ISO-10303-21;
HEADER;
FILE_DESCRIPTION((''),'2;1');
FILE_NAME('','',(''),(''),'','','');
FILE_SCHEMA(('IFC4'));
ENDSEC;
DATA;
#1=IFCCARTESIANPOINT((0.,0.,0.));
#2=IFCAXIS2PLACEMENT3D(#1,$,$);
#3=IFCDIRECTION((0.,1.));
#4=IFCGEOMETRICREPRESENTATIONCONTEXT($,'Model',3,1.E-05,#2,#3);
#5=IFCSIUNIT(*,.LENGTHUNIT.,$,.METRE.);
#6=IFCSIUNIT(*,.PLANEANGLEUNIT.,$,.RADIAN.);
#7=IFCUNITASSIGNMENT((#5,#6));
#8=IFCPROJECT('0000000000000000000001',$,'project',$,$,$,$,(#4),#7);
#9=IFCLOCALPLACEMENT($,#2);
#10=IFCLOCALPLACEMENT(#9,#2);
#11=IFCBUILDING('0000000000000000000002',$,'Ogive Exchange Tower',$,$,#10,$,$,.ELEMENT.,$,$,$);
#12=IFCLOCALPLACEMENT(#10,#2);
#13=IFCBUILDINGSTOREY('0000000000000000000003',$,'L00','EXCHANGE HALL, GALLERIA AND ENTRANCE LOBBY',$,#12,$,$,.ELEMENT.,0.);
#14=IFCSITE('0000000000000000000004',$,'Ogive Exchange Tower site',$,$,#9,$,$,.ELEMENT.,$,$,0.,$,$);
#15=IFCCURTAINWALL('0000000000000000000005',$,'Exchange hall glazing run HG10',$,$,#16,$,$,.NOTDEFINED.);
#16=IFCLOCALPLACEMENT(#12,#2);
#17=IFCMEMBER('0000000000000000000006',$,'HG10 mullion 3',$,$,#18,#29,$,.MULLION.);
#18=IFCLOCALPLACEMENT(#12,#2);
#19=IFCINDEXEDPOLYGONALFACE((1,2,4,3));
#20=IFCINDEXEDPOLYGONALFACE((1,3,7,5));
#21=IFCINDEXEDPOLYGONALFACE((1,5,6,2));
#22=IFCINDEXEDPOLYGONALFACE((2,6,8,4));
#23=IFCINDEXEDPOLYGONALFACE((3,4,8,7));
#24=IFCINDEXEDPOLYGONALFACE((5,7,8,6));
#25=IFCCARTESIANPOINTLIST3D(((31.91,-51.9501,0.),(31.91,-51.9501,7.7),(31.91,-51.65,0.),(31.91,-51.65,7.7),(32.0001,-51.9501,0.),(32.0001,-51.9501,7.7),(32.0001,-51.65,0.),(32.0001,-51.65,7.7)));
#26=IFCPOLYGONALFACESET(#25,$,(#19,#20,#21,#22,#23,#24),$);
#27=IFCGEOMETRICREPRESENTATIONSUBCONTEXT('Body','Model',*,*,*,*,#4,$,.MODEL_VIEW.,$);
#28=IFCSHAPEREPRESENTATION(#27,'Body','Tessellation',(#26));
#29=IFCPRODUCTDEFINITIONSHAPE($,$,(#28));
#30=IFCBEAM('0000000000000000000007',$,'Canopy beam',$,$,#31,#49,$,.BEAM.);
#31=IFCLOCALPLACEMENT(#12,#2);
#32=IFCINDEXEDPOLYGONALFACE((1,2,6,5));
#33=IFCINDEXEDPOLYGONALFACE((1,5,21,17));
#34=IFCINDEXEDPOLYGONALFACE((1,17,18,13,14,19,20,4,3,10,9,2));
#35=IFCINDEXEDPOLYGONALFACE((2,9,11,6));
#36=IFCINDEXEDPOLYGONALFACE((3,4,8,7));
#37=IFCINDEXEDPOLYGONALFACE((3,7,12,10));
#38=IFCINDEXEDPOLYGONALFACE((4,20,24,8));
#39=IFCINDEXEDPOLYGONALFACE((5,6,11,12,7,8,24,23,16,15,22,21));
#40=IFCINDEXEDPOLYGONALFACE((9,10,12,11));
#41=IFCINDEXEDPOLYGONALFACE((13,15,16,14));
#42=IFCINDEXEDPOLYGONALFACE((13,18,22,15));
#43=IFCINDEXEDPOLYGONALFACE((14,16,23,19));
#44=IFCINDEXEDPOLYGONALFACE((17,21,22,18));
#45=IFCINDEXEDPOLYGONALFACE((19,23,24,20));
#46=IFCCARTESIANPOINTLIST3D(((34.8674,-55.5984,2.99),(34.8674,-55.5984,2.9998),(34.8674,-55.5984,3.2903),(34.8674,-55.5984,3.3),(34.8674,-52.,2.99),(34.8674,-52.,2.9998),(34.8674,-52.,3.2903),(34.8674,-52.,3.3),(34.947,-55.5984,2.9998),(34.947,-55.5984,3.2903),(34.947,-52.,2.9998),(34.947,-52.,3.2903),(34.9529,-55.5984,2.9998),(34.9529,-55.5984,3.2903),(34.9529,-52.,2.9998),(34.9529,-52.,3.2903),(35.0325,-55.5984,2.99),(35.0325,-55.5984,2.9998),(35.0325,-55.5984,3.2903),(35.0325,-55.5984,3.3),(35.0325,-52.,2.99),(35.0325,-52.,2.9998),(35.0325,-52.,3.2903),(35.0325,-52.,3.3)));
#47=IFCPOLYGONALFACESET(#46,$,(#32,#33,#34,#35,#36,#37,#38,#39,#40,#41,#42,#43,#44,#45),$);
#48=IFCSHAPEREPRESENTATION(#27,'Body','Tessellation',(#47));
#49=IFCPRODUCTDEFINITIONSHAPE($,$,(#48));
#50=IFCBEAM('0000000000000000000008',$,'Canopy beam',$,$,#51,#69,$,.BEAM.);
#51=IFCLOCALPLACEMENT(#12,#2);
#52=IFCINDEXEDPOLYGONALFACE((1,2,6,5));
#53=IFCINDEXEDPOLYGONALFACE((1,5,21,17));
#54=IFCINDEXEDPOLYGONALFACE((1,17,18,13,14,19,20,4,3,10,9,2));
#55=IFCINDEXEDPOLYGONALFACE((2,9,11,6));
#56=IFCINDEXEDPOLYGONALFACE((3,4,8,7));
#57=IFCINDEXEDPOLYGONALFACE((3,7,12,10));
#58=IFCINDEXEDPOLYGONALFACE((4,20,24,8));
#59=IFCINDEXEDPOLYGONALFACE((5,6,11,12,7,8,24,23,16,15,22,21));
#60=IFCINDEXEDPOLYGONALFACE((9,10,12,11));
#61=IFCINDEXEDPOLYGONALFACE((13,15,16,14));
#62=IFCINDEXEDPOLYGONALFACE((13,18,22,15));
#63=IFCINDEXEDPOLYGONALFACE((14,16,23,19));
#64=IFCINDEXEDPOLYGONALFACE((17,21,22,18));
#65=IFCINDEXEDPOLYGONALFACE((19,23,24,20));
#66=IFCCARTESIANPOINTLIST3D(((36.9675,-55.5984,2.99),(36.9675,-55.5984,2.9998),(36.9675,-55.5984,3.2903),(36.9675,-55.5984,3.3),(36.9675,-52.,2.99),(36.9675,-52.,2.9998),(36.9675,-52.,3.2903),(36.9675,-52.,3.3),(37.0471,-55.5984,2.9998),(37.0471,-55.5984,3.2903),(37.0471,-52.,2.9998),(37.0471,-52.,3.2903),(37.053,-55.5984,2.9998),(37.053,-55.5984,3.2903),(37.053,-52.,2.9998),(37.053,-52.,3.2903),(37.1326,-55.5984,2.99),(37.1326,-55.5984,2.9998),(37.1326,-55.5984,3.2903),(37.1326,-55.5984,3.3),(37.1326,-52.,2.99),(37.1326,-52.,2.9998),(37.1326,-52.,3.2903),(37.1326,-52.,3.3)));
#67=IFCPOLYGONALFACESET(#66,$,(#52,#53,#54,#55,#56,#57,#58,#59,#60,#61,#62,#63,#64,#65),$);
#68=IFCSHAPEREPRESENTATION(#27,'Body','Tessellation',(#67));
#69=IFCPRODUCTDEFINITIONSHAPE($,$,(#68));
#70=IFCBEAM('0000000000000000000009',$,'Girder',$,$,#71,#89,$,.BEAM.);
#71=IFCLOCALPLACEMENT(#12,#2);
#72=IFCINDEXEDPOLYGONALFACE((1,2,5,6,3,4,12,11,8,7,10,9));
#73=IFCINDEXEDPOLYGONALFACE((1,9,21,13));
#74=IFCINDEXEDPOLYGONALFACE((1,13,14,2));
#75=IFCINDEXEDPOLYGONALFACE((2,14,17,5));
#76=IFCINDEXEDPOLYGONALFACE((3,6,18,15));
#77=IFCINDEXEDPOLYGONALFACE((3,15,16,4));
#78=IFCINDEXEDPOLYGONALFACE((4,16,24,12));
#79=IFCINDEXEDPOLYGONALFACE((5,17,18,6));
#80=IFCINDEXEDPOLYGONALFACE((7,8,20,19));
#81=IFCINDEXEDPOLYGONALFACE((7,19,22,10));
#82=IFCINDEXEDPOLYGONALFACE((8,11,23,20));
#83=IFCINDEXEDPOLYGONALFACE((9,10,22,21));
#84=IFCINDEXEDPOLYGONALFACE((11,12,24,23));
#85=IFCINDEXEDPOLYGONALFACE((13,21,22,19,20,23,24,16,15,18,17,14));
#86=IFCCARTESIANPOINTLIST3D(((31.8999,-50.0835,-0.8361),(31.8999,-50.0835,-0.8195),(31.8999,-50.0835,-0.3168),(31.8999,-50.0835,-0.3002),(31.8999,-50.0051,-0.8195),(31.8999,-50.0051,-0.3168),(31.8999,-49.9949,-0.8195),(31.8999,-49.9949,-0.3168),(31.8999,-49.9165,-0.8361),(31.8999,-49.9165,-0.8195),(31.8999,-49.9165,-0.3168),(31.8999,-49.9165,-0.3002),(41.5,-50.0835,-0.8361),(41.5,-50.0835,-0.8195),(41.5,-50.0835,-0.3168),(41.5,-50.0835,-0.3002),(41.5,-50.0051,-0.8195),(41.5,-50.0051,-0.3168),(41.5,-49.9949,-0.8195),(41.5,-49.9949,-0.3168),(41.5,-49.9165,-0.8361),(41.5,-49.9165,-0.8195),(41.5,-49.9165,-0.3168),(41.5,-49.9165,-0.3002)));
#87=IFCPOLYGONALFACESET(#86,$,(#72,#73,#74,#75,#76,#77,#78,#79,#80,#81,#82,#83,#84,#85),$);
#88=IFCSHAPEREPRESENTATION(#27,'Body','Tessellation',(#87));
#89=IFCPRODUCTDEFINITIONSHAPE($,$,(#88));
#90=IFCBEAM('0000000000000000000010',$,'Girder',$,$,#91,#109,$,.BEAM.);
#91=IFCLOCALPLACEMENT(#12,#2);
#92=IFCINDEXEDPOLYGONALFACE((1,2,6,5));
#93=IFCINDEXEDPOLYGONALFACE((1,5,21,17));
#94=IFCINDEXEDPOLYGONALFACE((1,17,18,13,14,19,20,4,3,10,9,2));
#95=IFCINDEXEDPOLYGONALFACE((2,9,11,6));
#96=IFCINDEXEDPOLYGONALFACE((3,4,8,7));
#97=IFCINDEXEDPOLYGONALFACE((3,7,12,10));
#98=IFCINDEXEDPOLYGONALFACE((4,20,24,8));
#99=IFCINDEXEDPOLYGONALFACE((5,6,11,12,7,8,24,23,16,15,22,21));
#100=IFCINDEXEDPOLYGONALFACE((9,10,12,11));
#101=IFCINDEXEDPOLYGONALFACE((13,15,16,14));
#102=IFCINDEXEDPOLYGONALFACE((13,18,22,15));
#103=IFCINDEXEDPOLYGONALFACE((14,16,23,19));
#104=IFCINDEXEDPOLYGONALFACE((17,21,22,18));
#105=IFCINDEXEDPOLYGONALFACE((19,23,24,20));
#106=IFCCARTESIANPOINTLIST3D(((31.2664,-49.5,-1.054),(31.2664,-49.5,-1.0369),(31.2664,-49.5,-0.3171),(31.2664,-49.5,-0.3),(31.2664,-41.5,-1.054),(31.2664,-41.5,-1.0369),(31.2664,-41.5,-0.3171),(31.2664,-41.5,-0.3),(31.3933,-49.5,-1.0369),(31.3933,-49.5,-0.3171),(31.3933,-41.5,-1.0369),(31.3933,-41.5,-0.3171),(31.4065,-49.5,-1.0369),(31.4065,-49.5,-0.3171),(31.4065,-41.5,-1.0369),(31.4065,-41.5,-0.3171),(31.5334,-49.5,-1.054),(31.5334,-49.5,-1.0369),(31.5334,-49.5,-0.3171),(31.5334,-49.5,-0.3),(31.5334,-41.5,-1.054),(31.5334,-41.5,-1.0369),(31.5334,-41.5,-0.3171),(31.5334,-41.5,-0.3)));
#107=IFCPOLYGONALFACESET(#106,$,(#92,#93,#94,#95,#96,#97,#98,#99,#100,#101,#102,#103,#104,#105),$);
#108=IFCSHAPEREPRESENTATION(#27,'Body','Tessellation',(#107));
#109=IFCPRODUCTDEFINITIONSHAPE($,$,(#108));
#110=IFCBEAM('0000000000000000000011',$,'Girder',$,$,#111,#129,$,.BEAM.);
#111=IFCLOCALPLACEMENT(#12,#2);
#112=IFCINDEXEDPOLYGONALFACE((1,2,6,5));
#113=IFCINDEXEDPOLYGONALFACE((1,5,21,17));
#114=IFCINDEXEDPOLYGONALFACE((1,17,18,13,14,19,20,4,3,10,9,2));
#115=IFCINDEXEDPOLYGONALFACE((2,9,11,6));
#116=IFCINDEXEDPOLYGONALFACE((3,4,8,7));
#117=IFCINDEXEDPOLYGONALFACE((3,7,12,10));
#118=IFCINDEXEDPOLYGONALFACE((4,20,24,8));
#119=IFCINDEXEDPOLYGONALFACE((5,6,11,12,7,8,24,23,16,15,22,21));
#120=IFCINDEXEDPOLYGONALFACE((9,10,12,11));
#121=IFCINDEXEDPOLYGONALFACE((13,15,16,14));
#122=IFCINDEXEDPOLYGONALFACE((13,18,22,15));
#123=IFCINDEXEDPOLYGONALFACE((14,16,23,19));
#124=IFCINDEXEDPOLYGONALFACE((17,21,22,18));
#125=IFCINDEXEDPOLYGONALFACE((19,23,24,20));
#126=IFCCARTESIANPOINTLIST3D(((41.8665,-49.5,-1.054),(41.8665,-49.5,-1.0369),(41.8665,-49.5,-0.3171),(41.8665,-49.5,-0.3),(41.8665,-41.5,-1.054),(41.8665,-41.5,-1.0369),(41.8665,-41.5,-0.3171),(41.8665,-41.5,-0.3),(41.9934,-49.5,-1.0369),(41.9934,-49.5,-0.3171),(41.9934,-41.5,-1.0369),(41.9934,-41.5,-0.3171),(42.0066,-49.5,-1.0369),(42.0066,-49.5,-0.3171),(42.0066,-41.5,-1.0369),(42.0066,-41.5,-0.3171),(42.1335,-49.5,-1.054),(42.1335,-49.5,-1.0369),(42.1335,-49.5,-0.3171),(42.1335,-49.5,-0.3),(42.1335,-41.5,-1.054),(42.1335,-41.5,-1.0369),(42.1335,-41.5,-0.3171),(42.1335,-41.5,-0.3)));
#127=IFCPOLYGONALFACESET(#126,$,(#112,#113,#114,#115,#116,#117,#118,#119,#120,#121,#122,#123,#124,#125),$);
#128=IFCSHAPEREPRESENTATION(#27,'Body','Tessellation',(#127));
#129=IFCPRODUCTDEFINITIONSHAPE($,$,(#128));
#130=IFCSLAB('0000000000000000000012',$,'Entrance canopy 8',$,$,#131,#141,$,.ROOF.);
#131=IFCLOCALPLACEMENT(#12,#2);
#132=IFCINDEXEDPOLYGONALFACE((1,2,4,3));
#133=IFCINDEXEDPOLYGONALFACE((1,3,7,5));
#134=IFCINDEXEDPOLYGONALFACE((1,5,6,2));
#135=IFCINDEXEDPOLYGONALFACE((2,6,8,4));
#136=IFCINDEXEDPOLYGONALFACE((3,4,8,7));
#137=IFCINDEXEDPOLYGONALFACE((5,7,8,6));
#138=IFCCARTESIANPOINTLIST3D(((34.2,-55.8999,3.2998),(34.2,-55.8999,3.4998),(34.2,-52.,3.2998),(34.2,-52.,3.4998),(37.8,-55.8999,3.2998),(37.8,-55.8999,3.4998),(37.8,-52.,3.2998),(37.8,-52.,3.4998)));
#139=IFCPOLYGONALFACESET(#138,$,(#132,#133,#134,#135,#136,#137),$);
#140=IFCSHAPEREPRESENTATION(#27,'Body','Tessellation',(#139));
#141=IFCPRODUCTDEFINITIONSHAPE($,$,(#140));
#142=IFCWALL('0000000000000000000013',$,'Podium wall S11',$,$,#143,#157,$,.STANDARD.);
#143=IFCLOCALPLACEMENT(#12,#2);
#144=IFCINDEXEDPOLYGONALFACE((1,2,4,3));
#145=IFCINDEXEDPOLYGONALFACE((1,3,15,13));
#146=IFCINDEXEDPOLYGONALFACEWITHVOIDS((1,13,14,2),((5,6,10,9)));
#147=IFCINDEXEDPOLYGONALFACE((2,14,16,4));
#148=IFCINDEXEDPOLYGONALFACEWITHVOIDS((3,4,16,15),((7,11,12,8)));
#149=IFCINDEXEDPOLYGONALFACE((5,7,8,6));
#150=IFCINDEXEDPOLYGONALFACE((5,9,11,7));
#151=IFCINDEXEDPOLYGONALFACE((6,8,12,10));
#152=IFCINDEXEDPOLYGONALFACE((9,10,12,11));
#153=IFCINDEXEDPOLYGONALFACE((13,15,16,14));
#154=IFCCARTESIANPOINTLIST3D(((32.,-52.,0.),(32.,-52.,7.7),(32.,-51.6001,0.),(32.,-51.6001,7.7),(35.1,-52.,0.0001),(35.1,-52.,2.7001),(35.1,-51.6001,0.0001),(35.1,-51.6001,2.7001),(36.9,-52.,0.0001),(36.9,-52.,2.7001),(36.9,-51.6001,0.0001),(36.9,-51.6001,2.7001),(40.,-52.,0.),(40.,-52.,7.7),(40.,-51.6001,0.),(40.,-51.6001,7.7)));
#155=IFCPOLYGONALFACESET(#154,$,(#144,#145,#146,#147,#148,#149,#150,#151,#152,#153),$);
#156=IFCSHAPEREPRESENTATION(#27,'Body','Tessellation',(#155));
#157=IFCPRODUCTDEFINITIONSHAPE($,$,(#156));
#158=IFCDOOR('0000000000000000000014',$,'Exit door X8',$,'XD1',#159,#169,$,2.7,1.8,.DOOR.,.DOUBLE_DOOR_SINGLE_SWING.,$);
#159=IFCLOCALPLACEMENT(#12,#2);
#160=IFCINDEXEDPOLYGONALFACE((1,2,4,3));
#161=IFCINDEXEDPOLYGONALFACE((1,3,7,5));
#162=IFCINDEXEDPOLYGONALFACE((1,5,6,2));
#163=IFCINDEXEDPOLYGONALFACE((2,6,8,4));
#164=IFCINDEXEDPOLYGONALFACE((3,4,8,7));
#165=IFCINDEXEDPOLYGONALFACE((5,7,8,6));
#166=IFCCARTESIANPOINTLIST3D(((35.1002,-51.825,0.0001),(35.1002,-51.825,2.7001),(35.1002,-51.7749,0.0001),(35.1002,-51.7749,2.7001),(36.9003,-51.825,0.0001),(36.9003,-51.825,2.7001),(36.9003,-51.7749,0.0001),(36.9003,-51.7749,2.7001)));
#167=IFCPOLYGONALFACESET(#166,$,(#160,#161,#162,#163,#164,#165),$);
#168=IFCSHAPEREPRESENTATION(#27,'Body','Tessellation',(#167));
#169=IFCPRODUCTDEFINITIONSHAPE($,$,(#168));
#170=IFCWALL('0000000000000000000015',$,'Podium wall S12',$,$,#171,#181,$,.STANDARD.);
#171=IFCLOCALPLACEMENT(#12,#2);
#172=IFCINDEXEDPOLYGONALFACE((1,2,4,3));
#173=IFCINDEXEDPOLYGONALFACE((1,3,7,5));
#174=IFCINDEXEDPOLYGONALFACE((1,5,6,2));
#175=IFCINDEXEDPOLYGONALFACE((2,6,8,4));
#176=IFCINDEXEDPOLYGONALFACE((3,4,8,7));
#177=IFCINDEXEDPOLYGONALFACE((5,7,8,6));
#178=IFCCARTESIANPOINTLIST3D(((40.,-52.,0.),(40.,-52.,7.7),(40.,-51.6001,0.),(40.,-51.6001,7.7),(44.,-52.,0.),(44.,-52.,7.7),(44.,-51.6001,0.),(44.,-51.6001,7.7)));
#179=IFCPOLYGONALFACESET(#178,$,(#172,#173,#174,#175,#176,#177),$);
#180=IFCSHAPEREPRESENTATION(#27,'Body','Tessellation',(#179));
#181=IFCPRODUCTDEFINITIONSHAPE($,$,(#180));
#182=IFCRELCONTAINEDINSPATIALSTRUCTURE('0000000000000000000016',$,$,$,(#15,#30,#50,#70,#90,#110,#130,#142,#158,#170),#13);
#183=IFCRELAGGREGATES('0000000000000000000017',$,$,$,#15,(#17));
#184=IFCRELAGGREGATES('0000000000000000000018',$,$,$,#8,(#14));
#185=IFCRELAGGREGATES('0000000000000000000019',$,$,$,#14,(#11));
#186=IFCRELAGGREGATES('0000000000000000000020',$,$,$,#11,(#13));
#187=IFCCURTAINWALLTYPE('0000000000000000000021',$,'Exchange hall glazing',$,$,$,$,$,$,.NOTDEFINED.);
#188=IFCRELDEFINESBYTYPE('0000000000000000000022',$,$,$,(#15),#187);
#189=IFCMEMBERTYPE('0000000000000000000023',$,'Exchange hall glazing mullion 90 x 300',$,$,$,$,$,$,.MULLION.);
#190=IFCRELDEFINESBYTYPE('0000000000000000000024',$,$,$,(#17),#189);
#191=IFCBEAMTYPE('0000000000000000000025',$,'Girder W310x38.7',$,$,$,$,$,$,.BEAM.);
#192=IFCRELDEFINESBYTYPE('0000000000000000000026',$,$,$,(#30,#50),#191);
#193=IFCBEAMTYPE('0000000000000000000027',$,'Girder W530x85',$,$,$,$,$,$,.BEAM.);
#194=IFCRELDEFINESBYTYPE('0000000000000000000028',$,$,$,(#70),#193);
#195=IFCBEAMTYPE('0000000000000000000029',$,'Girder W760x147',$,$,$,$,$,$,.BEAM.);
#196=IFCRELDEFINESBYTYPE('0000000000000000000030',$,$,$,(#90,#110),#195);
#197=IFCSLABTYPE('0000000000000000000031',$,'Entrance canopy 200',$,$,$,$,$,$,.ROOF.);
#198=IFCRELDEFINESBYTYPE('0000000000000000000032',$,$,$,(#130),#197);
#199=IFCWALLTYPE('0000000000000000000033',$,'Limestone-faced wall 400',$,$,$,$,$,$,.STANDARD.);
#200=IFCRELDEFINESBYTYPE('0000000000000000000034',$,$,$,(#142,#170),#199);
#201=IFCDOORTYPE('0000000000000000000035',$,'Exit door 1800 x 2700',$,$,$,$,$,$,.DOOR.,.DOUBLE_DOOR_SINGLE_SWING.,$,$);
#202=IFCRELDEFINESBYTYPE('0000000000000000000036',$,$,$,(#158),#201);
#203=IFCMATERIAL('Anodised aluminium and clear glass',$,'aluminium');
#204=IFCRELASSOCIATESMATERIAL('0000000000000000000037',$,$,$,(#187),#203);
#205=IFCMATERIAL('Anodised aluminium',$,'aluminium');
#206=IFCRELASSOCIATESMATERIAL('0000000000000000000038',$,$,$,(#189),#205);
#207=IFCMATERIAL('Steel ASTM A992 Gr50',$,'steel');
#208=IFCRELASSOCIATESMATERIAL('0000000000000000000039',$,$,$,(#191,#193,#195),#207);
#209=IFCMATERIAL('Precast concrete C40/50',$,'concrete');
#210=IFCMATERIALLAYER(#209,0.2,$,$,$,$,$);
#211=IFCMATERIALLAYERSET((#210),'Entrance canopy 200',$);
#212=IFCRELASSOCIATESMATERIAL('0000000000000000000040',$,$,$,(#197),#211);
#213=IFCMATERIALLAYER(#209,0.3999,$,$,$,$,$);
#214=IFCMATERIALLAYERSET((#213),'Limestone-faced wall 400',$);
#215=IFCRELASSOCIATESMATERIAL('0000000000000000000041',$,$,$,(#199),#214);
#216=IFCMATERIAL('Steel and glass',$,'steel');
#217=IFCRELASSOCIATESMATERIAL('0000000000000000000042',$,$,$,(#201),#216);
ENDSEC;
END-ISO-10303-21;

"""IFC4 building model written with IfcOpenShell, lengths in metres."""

from ifc_helpers import new_model, si_unit, direction, frame, frame_2d, origin, origin_2d, place, context, subcontext, project, spatial, rectangle, i_section, extrude, material, layer, layer_set, material_profile, profile_set, type_object, element, fill, aggregate, save


model = new_model("IFC4")

# Units and contexts
model_context = context("Model", 3, precision=1e-05, world=origin(), true_north=direction((0.0, 1.0)))
body_context = subcontext(model_context, "Body", "Model", "MODEL_VIEW")
ifc_project = project(units=[si_unit("LENGTHUNIT", "METRE"), si_unit("PLANEANGLEUNIT", "RADIAN")], contexts=[model_context])

# Site, building, storey
site_placement = place(None, origin())
site = spatial("IfcSite", under=ifc_project, at=site_placement, Name="Ogive Exchange Tower site", CompositionType="ELEMENT", RefElevation=0.0)
building_placement = place(site_placement, origin())
building = spatial("IfcBuilding", under=site, at=building_placement, Name="Ogive Exchange Tower", CompositionType="ELEMENT")
storey_placement = place(building_placement, origin())
storey = spatial("IfcBuildingStorey", under=building, at=storey_placement, Name="L00", Description="EXCHANGE HALL, GALLERIA AND ENTRANCE LOBBY", CompositionType="ELEMENT", Elevation=0.0)

# Curtain wall, member
ifc_material_1 = material(Name="Anodised aluminium and clear glass", Category="aluminium")
curtain_wall_type = type_object("IfcCurtainWallType", Name="Exchange hall glazing", PredefinedType="NOTDEFINED", material=ifc_material_1)
curtain_wall_placement = place(storey_placement, origin())
curtain_wall = element("IfcCurtainWall", 1, at=curtain_wall_placement, inside=storey, type_object=curtain_wall_type, Name="Exchange hall glazing run HG10", PredefinedType="NOTDEFINED")
ifc_material_2 = material(Name="Anodised aluminium", Category="aluminium")
ifc_material_profile_1 = material_profile(ifc_material_2, rectangle(XDim=0.3, YDim=0.0901, at=origin_2d()), Name="AL 90x300")
ifc_profile_set_1 = profile_set([ifc_material_profile_1], Name="Anodised aluminium")
member_type_1 = type_object("IfcMemberType", Name="Exchange hall glazing mullion 90 x 300", PredefinedType="MULLION", material=ifc_profile_set_1)
member_1_placement = place(storey_placement, frame((31.9551, -51.8, 0.0), z_axis=(0.0, 0.0, 1.0), x_axis=(0.0, 1.0, 0.0)))
member_1 = element("IfcMember", 2, at=member_1_placement, type_object=member_type_1, Name="HG10 mullion 3", PredefinedType="MULLION", context=body_context, shape_type="SweptSolid", body=[
    extrude(rectangle(XDim=0.3, YDim=0.0901, at=origin_2d()), origin(), (0.0, 0.0, 1.0), 7.7),
])
aggregate(curtain_wall, [member_1])

# Beams
ifc_material_3 = material(Name="Steel ASTM A992 Gr50", Category="steel")
ifc_material_profile_2 = material_profile(ifc_material_3, i_section(OverallWidth=0.165, OverallDepth=0.3101, WebThickness=0.0059, FlangeThickness=0.0098, at=origin_2d()), Name="W310x38.7")
ifc_profile_set_2 = profile_set([ifc_material_profile_2], Name="Steel ASTM A992 Gr50")
beam_type_1 = type_object("IfcBeamType", Name="Girder W310x38.7", PredefinedType="BEAM", material=ifc_profile_set_2)
for number, where, z_axis, x_axis, name in (
    (3, (34.95, -52.0, 3.145), (0.0, -1.0, 0.0), (1.0, 0.0, 0.0), "Canopy beam"),
    (4, (37.05, -52.0, 3.145), (0.0, -1.0, 0.0), (1.0, 0.0, 0.0), "Canopy beam"),
):
    element("IfcBeam", number, at=place(storey_placement, frame(where, z_axis=z_axis, x_axis=x_axis)), inside=storey, type_object=beam_type_1, Name=name, PredefinedType="BEAM", context=body_context, shape_type="SweptSolid", body=[
        extrude(i_section(OverallWidth=0.165, OverallDepth=0.3101, WebThickness=0.0059, FlangeThickness=0.0098, at=origin_2d()), origin(), (0.0, 0.0, 1.0), 3.5984),
    ])
ifc_material_profile_3 = material_profile(ifc_material_3, i_section(OverallWidth=0.167, OverallDepth=0.5359, WebThickness=0.0103, FlangeThickness=0.0166, at=origin_2d()), Name="W530x85")
ifc_profile_set_3 = profile_set([ifc_material_profile_3], Name="Steel ASTM A992 Gr50")
beam_type_2 = type_object("IfcBeamType", Name="Girder W530x85", PredefinedType="BEAM", material=ifc_profile_set_3)
beam_placement = place(storey_placement, frame((31.8999, -50.0, -0.5681), z_axis=(1.0, 0.0, 0.0), x_axis=(0.0, 1.0, 0.0)))
element("IfcBeam", 5, at=beam_placement, inside=storey, type_object=beam_type_2, Name="Girder", PredefinedType="BEAM", context=body_context, shape_type="SweptSolid", body=[
    extrude(i_section(OverallWidth=0.167, OverallDepth=0.5359, WebThickness=0.0103, FlangeThickness=0.0166, at=origin_2d()), origin(), (0.0, 0.0, 1.0), 9.6001),
])
ifc_material_profile_4 = material_profile(ifc_material_3, i_section(OverallWidth=0.2671, OverallDepth=0.7539, WebThickness=0.0132, FlangeThickness=0.0171, at=origin_2d()), Name="W760x147")
ifc_profile_set_4 = profile_set([ifc_material_profile_4], Name="Steel ASTM A992 Gr50")
beam_type_3 = type_object("IfcBeamType", Name="Girder W760x147", PredefinedType="BEAM", material=ifc_profile_set_4)
for number, where, z_axis, x_axis, name in (
    (6, (31.3999, -49.5, -0.677), (0.0, 1.0, 0.0), (-1.0, 0.0, 0.0), "Girder"),
    (7, (42.0, -49.5, -0.677), (0.0, 1.0, 0.0), (-1.0, 0.0, 0.0), "Girder"),
):
    element("IfcBeam", number, at=place(storey_placement, frame(where, z_axis=z_axis, x_axis=x_axis)), inside=storey, type_object=beam_type_3, Name=name, PredefinedType="BEAM", context=body_context, shape_type="SweptSolid", body=[
        extrude(i_section(OverallWidth=0.2671, OverallDepth=0.7539, WebThickness=0.0132, FlangeThickness=0.0171, at=origin_2d()), origin(), (0.0, 0.0, 1.0), 8.0),
    ])

# Slab
ifc_material_4 = material(Name="Precast concrete C40/50", Category="concrete")
ifc_layer_1 = layer(ifc_material_4, 0.2)
ifc_layer_set_1 = layer_set([ifc_layer_1], Name="Entrance canopy 200")
slab_type = type_object("IfcSlabType", Name="Entrance canopy 200", PredefinedType="ROOF", material=ifc_layer_set_1)
slab_placement = place(storey_placement, frame((36.0, -53.95, 3.2998), z_axis=(0.0, 0.0, 1.0), x_axis=(1.0, 0.0, 0.0)))
element("IfcSlab", 8, at=slab_placement, inside=storey, type_object=slab_type, Name="Entrance canopy 8", PredefinedType="ROOF", context=body_context, shape_type="SweptSolid", body=[
    extrude(rectangle(XDim=3.6001, YDim=3.8999, at=origin_2d()), origin(), (0.0, 0.0, 1.0), 0.2),
])

# Wall, opening, door
ifc_layer_2 = layer(ifc_material_4, 0.3999)
ifc_layer_set_2 = layer_set([ifc_layer_2], Name="Limestone-faced wall 400")
wall_type_1 = type_object("IfcWallType", Name="Limestone-faced wall 400", PredefinedType="STANDARD", material=ifc_layer_set_2)
wall_1_placement = place(storey_placement, frame((32.0, -51.8, 0.0), z_axis=(0.0, 0.0, 1.0), x_axis=(1.0, 0.0, 0.0)))
wall_1 = element("IfcWall", 9, at=wall_1_placement, inside=storey, type_object=wall_type_1, Name="Podium wall S11", PredefinedType="STANDARD", context=body_context, shape_type="SweptSolid", body=[
    extrude(rectangle(XDim=8.0, YDim=0.3999, at=frame_2d((4.0, 0.0))), origin(), (0.0, 0.0, 1.0), 7.7),
])
opening_1_placement = place(wall_1_placement, frame((3.1001, 0.0, 0.0)))
opening_1 = element("IfcOpeningElement", 10, at=opening_1_placement, cuts=wall_1, PredefinedType="OPENING", context=body_context, shape_type="SweptSolid", body=[
    extrude(rectangle(XDim=1.8, YDim=2.7, at=frame_2d((0.8999, 1.3501))), frame((0.0, 0.21, 0.0), z_axis=(0.0, -1.0, 0.0), x_axis=(1.0, 0.0, 0.0)), (0.0, 0.0, 1.0), 0.4199),
])
ifc_material_5 = material(Name="Steel and glass", Category="steel")
door_type_1 = type_object("IfcDoorType", Name="Exit door 1800 x 2700", OperationType="DOUBLE_DOOR_SINGLE_SWING", PredefinedType="DOOR", material=ifc_material_5)
door_1_placement = place(opening_1_placement, frame((1.8, 0.0, 0.0), z_axis=(0.0, 0.0, 1.0), x_axis=(-1.0, 0.0, 0.0)))
door_1 = element("IfcDoor", 11, at=door_1_placement, inside=storey, type_object=door_type_1, Name="Exit door X8", ObjectType="XD1", OperationType="DOUBLE_DOOR_SINGLE_SWING", OverallHeight=2.7, OverallWidth=1.8, PredefinedType="DOOR", context=body_context, shape_type="SweptSolid", body=[
    extrude(rectangle(XDim=1.8, YDim=2.7, at=frame_2d((0.8999, 1.3501))), frame((0.0, 0.0249, 0.0), z_axis=(0.0, -1.0, 0.0), x_axis=(1.0, 0.0, 0.0)), (0.0, 0.0, 1.0), 0.05),
])
fill(opening_1, door_1)

# Wall
wall_2_placement = place(storey_placement, frame((40.0, -51.8, 0.0), z_axis=(0.0, 0.0, 1.0), x_axis=(1.0, 0.0, 0.0)))
element("IfcWall", 12, at=wall_2_placement, inside=storey, type_object=wall_type_1, Name="Podium wall S12", PredefinedType="STANDARD", context=body_context, shape_type="SweptSolid", body=[
    extrude(rectangle(XDim=4.0, YDim=0.3999, at=frame_2d((2.0, 0.0))), origin(), (0.0, 0.0, 1.0), 7.7),
])

save(model, "model.ifc")
